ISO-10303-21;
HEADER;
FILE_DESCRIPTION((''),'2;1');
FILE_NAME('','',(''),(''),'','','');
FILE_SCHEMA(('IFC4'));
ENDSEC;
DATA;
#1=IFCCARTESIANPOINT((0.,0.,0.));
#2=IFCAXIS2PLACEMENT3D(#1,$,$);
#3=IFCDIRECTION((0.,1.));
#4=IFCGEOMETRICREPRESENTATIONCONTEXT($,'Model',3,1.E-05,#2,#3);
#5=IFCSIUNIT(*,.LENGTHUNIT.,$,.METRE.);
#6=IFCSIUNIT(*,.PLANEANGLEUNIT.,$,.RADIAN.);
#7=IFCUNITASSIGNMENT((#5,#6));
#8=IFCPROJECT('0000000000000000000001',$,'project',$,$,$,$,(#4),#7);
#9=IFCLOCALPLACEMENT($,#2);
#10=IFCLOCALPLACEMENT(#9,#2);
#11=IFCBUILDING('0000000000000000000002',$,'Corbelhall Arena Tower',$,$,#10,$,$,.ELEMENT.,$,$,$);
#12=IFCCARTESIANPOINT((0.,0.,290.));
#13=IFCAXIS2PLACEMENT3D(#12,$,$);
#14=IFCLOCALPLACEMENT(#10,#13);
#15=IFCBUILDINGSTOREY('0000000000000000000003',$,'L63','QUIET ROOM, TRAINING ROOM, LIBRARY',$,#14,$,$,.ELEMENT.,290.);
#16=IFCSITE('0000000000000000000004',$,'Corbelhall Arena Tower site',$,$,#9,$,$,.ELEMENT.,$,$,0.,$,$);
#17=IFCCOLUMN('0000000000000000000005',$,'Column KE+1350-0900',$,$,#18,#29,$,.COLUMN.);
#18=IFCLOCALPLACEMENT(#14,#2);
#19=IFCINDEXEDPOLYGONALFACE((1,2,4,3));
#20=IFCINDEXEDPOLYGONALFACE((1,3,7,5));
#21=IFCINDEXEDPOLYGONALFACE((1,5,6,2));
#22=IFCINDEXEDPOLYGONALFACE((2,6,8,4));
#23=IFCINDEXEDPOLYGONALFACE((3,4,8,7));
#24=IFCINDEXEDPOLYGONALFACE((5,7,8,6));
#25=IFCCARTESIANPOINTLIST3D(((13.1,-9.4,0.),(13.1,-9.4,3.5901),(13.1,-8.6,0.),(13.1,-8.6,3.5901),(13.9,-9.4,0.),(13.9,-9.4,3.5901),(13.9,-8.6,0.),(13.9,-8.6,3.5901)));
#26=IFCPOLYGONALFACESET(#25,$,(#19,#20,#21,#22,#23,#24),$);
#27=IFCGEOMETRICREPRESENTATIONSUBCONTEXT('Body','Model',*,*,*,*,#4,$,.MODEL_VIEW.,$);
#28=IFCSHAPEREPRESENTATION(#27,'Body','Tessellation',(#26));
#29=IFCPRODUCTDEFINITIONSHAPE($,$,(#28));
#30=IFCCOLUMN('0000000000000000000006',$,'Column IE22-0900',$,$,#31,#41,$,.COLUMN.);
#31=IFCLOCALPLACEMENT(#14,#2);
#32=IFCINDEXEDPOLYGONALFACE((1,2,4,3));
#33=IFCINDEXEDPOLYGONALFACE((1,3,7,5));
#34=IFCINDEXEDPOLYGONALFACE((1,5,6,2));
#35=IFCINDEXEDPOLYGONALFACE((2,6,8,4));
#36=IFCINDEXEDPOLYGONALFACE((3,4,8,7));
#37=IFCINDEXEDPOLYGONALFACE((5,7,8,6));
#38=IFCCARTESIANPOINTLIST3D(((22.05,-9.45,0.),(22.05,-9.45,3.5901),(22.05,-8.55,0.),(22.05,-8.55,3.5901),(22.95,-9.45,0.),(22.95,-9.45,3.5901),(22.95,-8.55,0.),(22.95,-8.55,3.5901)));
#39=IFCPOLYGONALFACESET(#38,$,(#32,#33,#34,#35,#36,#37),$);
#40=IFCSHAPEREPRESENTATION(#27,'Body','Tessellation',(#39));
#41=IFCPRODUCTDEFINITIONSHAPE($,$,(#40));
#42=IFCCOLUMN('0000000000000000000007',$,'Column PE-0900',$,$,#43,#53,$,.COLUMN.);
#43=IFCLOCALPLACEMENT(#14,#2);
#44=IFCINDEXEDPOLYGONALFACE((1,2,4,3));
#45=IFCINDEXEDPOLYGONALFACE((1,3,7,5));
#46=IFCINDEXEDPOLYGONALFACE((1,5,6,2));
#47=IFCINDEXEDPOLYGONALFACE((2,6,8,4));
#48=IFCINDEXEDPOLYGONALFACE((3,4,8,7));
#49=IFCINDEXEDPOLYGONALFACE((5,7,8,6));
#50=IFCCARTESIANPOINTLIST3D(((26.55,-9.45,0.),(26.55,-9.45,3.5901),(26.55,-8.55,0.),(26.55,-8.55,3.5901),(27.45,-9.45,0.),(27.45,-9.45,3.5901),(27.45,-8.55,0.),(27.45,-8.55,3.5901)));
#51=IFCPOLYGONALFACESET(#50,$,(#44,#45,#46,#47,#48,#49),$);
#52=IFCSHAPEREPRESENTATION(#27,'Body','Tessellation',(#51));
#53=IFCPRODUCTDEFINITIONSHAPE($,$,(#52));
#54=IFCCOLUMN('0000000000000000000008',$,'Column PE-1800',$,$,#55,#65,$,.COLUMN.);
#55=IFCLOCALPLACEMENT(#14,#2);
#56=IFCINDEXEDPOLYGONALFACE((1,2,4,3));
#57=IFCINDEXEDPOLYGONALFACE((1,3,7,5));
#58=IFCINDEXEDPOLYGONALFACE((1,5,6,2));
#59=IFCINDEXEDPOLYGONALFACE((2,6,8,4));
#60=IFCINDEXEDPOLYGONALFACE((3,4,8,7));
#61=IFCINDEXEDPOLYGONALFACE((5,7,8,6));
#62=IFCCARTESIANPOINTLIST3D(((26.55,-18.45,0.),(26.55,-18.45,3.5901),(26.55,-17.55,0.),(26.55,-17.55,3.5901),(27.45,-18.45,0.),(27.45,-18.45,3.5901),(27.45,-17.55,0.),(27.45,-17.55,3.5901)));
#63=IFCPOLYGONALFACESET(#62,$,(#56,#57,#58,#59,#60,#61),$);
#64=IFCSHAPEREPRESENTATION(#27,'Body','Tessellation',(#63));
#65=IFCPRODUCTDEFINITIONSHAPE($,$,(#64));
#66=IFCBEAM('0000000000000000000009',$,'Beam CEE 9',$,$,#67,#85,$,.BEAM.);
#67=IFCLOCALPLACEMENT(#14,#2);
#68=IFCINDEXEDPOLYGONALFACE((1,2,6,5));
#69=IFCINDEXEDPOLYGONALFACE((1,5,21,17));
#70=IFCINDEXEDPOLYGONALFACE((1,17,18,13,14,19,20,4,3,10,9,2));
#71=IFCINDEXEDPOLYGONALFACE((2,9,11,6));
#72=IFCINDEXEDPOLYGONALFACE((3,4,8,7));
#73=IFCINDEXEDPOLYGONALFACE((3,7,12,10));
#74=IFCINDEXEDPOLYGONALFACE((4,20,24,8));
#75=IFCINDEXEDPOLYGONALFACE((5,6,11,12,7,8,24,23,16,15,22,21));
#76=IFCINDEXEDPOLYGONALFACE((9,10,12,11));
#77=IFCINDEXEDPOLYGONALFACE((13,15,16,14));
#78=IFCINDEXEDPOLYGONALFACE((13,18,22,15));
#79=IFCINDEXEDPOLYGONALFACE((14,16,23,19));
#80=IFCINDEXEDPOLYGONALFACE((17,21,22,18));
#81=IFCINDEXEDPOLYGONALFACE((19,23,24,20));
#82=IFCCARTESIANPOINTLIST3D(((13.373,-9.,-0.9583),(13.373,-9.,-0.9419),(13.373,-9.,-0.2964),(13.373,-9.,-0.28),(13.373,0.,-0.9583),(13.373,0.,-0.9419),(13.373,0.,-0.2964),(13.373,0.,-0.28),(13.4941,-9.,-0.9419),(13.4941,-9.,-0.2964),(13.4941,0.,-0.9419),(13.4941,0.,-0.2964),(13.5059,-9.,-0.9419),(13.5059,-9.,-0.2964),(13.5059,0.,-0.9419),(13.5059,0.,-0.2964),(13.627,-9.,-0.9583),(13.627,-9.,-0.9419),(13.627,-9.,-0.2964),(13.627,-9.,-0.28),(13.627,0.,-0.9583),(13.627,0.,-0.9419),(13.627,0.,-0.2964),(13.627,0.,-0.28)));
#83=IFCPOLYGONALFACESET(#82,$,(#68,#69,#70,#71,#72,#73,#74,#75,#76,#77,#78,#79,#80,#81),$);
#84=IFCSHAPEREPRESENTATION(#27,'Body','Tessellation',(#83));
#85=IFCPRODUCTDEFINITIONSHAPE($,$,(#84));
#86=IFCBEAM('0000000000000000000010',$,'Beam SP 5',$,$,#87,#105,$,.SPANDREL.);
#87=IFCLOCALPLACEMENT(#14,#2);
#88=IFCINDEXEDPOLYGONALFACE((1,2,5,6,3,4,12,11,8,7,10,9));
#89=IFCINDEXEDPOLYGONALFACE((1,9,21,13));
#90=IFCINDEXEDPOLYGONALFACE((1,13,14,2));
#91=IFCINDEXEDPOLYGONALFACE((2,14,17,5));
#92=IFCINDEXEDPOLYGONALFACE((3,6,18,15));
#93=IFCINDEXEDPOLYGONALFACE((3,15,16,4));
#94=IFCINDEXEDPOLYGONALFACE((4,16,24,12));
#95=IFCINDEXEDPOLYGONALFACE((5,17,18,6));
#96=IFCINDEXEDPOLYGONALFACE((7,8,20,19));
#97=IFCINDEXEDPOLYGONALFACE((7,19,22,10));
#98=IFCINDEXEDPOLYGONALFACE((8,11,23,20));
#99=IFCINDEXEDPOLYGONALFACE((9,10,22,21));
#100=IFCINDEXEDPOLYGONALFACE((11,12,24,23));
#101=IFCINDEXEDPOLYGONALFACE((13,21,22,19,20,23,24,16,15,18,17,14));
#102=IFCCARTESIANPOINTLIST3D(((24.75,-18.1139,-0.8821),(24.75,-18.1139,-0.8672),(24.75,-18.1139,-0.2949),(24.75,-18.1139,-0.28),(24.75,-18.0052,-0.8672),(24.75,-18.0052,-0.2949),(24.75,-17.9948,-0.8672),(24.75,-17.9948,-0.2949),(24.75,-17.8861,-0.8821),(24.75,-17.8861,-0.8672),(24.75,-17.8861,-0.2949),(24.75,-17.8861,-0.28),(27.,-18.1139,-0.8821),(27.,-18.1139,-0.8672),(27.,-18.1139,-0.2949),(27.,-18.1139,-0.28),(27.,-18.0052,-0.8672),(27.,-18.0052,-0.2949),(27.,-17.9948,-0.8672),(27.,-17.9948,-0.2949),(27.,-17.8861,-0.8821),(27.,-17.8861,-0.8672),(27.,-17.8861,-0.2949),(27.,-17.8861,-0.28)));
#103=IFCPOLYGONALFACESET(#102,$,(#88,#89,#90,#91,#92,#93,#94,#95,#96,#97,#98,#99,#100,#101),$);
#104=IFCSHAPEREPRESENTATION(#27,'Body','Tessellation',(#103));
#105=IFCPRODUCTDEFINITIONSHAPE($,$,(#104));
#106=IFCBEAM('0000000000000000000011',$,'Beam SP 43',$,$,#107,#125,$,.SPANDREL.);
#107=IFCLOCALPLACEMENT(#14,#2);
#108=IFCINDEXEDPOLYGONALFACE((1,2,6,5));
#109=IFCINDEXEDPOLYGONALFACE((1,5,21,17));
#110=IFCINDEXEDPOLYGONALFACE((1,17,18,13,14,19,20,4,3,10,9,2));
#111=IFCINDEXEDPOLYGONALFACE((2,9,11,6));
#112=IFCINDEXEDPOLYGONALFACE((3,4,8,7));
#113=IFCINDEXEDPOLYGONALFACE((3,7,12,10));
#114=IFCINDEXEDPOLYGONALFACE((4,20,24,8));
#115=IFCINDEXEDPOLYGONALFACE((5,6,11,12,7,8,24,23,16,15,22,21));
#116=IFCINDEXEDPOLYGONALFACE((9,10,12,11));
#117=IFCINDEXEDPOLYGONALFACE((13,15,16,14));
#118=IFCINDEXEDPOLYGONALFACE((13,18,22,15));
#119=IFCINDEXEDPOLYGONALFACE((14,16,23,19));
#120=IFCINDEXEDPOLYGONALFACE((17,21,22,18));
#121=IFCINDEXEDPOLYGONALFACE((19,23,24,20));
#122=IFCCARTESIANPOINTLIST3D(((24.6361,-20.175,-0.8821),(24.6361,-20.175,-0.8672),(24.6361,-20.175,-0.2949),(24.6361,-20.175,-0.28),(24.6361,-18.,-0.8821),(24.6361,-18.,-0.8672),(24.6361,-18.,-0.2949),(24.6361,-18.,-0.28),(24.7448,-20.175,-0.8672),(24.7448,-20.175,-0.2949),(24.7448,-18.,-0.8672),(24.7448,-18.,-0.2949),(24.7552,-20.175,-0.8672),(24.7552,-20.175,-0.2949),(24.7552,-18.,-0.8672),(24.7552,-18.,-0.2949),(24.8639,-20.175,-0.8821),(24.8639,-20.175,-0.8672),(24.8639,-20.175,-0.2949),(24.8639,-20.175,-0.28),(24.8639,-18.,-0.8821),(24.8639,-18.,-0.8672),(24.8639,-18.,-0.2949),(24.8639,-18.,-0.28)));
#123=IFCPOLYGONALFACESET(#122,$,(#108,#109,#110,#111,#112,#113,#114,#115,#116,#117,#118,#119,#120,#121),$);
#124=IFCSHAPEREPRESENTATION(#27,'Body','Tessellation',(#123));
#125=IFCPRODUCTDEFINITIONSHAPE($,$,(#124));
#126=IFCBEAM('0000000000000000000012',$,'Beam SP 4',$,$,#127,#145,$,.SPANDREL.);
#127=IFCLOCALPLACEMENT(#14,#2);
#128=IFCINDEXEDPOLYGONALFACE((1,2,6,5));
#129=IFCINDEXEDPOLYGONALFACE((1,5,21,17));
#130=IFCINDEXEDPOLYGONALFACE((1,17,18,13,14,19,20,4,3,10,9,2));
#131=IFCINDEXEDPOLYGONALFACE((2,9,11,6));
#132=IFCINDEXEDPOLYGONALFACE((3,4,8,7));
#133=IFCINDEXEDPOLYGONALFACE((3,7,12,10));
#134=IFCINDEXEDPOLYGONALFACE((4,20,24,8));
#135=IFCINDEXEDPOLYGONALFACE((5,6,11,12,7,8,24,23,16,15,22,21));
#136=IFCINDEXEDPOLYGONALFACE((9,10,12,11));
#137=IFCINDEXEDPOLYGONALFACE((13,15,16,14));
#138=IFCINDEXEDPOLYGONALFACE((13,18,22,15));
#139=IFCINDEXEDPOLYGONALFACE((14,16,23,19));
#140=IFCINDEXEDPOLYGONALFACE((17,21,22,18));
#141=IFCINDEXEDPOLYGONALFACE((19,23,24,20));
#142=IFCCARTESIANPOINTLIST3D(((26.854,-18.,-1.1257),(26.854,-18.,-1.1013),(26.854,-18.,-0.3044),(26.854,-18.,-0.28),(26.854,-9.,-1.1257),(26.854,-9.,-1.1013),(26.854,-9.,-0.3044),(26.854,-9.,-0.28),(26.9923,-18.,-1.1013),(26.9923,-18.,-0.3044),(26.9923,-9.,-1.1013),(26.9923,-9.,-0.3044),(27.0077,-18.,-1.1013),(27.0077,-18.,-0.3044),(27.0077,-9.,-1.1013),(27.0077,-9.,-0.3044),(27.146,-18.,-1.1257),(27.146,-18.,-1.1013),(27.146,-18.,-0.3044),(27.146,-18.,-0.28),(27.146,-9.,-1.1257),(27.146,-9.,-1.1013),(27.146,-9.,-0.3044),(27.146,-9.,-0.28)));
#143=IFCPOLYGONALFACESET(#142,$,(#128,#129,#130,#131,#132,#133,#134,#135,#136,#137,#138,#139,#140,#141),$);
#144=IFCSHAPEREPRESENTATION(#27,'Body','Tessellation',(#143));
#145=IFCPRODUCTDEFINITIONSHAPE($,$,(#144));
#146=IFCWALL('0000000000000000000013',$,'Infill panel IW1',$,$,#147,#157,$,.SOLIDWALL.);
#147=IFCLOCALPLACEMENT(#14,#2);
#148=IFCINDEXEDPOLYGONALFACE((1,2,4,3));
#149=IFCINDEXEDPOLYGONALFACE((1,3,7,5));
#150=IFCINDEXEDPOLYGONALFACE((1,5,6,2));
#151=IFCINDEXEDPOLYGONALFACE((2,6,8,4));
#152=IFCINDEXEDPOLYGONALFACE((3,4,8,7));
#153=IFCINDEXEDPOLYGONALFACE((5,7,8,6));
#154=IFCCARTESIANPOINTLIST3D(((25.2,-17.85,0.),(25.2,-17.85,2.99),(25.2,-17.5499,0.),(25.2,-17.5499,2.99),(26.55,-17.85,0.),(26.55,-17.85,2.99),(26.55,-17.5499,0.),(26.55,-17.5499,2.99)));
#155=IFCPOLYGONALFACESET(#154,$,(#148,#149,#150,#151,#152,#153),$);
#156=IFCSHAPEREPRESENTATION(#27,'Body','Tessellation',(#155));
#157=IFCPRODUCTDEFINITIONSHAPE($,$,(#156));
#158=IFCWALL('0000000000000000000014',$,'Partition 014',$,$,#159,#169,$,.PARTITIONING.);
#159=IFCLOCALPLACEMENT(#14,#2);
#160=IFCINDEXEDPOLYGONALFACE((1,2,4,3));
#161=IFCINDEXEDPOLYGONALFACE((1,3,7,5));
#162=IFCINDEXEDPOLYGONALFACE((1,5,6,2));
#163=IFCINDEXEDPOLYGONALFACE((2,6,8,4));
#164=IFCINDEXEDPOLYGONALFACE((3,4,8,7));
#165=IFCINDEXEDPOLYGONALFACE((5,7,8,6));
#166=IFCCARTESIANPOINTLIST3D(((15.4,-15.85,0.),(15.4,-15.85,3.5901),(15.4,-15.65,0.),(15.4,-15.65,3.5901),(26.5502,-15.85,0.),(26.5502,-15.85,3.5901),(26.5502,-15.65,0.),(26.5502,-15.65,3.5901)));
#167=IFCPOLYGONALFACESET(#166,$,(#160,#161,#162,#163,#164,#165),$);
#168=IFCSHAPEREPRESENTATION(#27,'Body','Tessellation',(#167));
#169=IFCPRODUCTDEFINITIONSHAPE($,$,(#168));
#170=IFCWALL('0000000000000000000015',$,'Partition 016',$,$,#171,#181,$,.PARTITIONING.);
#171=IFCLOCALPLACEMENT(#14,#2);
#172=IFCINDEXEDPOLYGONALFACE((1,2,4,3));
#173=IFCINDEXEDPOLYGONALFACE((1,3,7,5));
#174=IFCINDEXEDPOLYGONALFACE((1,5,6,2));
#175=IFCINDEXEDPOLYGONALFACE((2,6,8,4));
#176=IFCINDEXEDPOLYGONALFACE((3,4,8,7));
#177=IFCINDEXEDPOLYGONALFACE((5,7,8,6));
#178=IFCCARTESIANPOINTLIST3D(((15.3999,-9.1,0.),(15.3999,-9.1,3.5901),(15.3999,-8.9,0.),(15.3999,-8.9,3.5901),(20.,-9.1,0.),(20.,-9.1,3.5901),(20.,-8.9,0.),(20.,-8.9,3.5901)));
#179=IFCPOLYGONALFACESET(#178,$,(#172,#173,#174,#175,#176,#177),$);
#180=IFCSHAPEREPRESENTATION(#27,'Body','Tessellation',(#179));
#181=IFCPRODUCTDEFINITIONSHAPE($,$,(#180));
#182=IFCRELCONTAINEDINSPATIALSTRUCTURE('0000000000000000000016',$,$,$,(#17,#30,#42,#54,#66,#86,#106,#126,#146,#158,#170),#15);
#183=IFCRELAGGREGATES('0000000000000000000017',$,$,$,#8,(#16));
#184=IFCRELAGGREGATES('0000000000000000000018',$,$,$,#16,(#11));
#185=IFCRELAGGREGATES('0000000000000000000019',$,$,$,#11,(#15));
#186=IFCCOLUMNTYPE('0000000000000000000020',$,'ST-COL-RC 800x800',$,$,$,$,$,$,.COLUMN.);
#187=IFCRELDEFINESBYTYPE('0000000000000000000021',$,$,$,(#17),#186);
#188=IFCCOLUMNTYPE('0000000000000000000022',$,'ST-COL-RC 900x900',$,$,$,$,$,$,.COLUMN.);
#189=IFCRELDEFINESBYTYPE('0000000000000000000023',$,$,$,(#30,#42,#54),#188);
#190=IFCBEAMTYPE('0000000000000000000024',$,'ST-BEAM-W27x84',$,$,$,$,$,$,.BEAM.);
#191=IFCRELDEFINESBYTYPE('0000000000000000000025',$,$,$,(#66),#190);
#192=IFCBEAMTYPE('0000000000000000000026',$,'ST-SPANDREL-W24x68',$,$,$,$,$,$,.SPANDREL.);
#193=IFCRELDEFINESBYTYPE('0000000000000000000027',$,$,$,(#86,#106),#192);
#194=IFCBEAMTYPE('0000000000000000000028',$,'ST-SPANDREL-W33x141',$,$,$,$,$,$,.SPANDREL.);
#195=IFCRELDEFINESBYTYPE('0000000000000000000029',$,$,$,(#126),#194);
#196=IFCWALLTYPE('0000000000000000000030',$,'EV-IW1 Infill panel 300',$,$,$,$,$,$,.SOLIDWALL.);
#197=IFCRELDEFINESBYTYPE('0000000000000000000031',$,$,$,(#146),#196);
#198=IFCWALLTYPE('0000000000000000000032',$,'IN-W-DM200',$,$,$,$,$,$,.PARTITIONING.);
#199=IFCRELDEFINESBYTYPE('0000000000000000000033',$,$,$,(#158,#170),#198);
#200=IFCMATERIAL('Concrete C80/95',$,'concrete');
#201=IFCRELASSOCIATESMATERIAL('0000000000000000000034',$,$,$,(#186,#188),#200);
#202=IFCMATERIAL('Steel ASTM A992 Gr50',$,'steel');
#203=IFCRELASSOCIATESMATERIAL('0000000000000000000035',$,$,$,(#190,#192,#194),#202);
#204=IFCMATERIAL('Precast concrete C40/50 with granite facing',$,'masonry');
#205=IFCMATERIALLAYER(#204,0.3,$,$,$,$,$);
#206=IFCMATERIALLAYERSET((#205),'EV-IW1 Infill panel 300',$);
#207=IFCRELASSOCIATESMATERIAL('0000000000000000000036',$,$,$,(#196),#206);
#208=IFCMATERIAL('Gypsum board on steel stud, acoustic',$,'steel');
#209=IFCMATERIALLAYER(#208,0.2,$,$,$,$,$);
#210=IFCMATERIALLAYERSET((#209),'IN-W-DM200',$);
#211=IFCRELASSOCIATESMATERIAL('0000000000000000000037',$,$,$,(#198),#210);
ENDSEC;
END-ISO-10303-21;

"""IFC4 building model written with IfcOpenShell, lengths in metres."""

from ifc_helpers import new_model, si_unit, direction, frame, frame_2d, origin, origin_2d, place, context, subcontext, project, spatial, rectangle, i_section, extrude, material, layer, layer_set, material_profile, profile_set, type_object, element, save


model = new_model("IFC4")

# Units and contexts
model_context = context("Model", 3, precision=1e-05, world=origin(), true_north=direction((0.0, 1.0)))
body_context = subcontext(model_context, "Body", "Model", "MODEL_VIEW")
ifc_project = project(units=[si_unit("LENGTHUNIT", "METRE"), si_unit("PLANEANGLEUNIT", "RADIAN")], contexts=[model_context])

# Site, building, storey
site_placement = place(None, origin())
site = spatial("IfcSite", under=ifc_project, at=site_placement, Name="Corbelhall Arena Tower site", CompositionType="ELEMENT", RefElevation=0.0)
building_placement = place(site_placement, origin())
building = spatial("IfcBuilding", under=site, at=building_placement, Name="Corbelhall Arena Tower", CompositionType="ELEMENT")
storey_placement = place(building_placement, frame((0.0, 0.0, 290.0)))
storey = spatial("IfcBuildingStorey", under=building, at=storey_placement, Name="L63", Description="QUIET ROOM, TRAINING ROOM, LIBRARY", CompositionType="ELEMENT", Elevation=290.0)

# Columns
ifc_material_1 = material(Name="Concrete C80/95", Category="concrete")
ifc_material_profile_1 = material_profile(ifc_material_1, rectangle(XDim=0.8, YDim=0.8, at=origin_2d()))
ifc_profile_set_1 = profile_set([ifc_material_profile_1], Name="Concrete C80/95")
column_type_1 = type_object("IfcColumnType", Name="ST-COL-RC 800x800", PredefinedType="COLUMN", material=ifc_profile_set_1)
column_placement = place(storey_placement, frame((13.5, -9.0, 0.0), z_axis=(0.0, 0.0, 1.0), x_axis=(1.0, 0.0, 0.0)))
element("IfcColumn", 1, at=column_placement, inside=storey, type_object=column_type_1, Name="Column KE+1350-0900", PredefinedType="COLUMN", context=body_context, shape_type="SweptSolid", body=[
    extrude(rectangle(XDim=0.8, YDim=0.8, at=origin_2d()), origin(), (0.0, 0.0, 1.0), 3.5901),
])
ifc_material_profile_2 = material_profile(ifc_material_1, rectangle(XDim=0.8999, YDim=0.8999, at=origin_2d()))
ifc_profile_set_2 = profile_set([ifc_material_profile_2], Name="Concrete C80/95")
column_type_2 = type_object("IfcColumnType", Name="ST-COL-RC 900x900", PredefinedType="COLUMN", material=ifc_profile_set_2)
for number, where, z_axis, x_axis, name in (
    (2, (22.5, -9.0, 0.0), (0.0, 0.0, 1.0), (1.0, 0.0, 0.0), "Column IE22-0900"),
    (3, (27.0, -9.0, 0.0), (0.0, 0.0, 1.0), (0.0, 1.0, 0.0), "Column PE-0900"),
    (4, (27.0, -18.0, 0.0), (0.0, 0.0, 1.0), (0.0, 1.0, 0.0), "Column PE-1800"),
):
    element("IfcColumn", number, at=place(storey_placement, frame(where, z_axis=z_axis, x_axis=x_axis)), inside=storey, type_object=column_type_2, Name=name, PredefinedType="COLUMN", context=body_context, shape_type="SweptSolid", body=[
        extrude(rectangle(XDim=0.8999, YDim=0.8999, at=origin_2d()), origin(), (0.0, 0.0, 1.0), 3.5901),
    ])

# Beams
ifc_material_2 = material(Name="Steel ASTM A992 Gr50", Category="steel")
ifc_material_profile_3 = material_profile(ifc_material_2, i_section(OverallWidth=0.2539, OverallDepth=0.6782, WebThickness=0.0117, FlangeThickness=0.0164, at=origin_2d()))
ifc_profile_set_3 = profile_set([ifc_material_profile_3], Name="Steel ASTM A992 Gr50")
beam_type_1 = type_object("IfcBeamType", Name="ST-BEAM-W27x84", PredefinedType="BEAM", material=ifc_profile_set_3)
beam_1_placement = place(storey_placement, frame((13.5, -9.0, -0.6191), z_axis=(0.0, 1.0, 0.0), x_axis=(-1.0, 0.0, 0.0)))
element("IfcBeam", 5, at=beam_1_placement, inside=storey, type_object=beam_type_1, Name="Beam CEE 9", PredefinedType="BEAM", context=body_context, shape_type="SweptSolid", body=[
    extrude(i_section(OverallWidth=0.2539, OverallDepth=0.6782, WebThickness=0.0117, FlangeThickness=0.0164, at=origin_2d()), origin(), (0.0, 0.0, 1.0), 9.0),
])
ifc_material_profile_4 = material_profile(ifc_material_2, i_section(OverallWidth=0.2278, OverallDepth=0.6021, WebThickness=0.0105, FlangeThickness=0.0149, at=origin_2d()))
ifc_profile_set_4 = profile_set([ifc_material_profile_4], Name="Steel ASTM A992 Gr50")
beam_type_2 = type_object("IfcBeamType", Name="ST-SPANDREL-W24x68", PredefinedType="SPANDREL", material=ifc_profile_set_4)
beam_2_placement = place(storey_placement, frame((27.0, -18.0, -0.5811), z_axis=(-1.0, 0.0, 0.0), x_axis=(0.0, -1.0, 0.0)))
element("IfcBeam", 6, at=beam_2_placement, inside=storey, type_object=beam_type_2, Name="Beam SP 5", PredefinedType="SPANDREL", context=body_context, shape_type="SweptSolid", body=[
    extrude(i_section(OverallWidth=0.2278, OverallDepth=0.6021, WebThickness=0.0105, FlangeThickness=0.0149, at=origin_2d()), origin(), (0.0, 0.0, 1.0), 2.25),
])
beam_3_placement = place(storey_placement, frame((24.75, -18.0, -0.5811), z_axis=(0.0, -1.0, 0.0), x_axis=(1.0, 0.0, 0.0)))
element("IfcBeam", 7, at=beam_3_placement, inside=storey, type_object=beam_type_2, Name="Beam SP 43", PredefinedType="SPANDREL", context=body_context, shape_type="SweptSolid", body=[
    extrude(i_section(OverallWidth=0.2278, OverallDepth=0.6021, WebThickness=0.0105, FlangeThickness=0.0149, at=origin_2d()), origin(), (0.0, 0.0, 1.0), 2.175),
])
ifc_material_profile_5 = material_profile(ifc_material_2, i_section(OverallWidth=0.292, OverallDepth=0.8457, WebThickness=0.0154, FlangeThickness=0.0244, at=origin_2d()))
ifc_profile_set_5 = profile_set([ifc_material_profile_5], Name="Steel ASTM A992 Gr50")
beam_type_3 = type_object("IfcBeamType", Name="ST-SPANDREL-W33x141", PredefinedType="SPANDREL", material=ifc_profile_set_5)
beam_4_placement = place(storey_placement, frame((27.0, -9.0, -0.7029), z_axis=(0.0, -1.0, 0.0), x_axis=(1.0, 0.0, 0.0)))
element("IfcBeam", 8, at=beam_4_placement, inside=storey, type_object=beam_type_3, Name="Beam SP 4", PredefinedType="SPANDREL", context=body_context, shape_type="SweptSolid", body=[
    extrude(i_section(OverallWidth=0.292, OverallDepth=0.8457, WebThickness=0.0154, FlangeThickness=0.0244, at=origin_2d()), origin(), (0.0, 0.0, 1.0), 9.0),
])

# Wall
ifc_material_3 = material(Name="Precast concrete C40/50 with granite facing", Category="masonry")
ifc_layer_1 = layer(ifc_material_3, 0.3)
ifc_layer_set_1 = layer_set([ifc_layer_1], Name="EV-IW1 Infill panel 300")
wall_type_1 = type_object("IfcWallType", Name="EV-IW1 Infill panel 300", PredefinedType="SOLIDWALL", material=ifc_layer_set_1)
wall_1_placement = place(storey_placement, frame((25.2, -17.7, 0.0), z_axis=(0.0, 0.0, 1.0), x_axis=(1.0, 0.0, 0.0)))
element("IfcWall", 9, at=wall_1_placement, inside=storey, type_object=wall_type_1, Name="Infill panel IW1", PredefinedType="SOLIDWALL", context=body_context, shape_type="SweptSolid", body=[
    extrude(rectangle(XDim=1.3501, YDim=0.3, at=frame_2d((0.675, 0.0))), origin(), (0.0, 0.0, 1.0), 2.99),
])

# Walls
ifc_material_4 = material(Name="Gypsum board on steel stud, acoustic", Category="steel")
ifc_layer_2 = layer(ifc_material_4, 0.2)
ifc_layer_set_2 = layer_set([ifc_layer_2], Name="IN-W-DM200")
wall_type_2 = type_object("IfcWallType", Name="IN-W-DM200", PredefinedType="PARTITIONING", material=ifc_layer_set_2)
wall_2_placement = place(storey_placement, frame((15.3999, -15.75, 0.0), z_axis=(0.0, 0.0, 1.0), x_axis=(1.0, 0.0, 0.0)))
element("IfcWall", 10, at=wall_2_placement, inside=storey, type_object=wall_type_2, Name="Partition 014", PredefinedType="PARTITIONING", context=body_context, shape_type="SweptSolid", body=[
    extrude(rectangle(XDim=11.1501, YDim=0.2, at=frame_2d((5.5752, 0.0))), origin(), (0.0, 0.0, 1.0), 3.5901),
])
wall_3_placement = place(storey_placement, frame((15.3999, -9.0, 0.0), z_axis=(0.0, 0.0, 1.0), x_axis=(1.0, 0.0, 0.0)))
element("IfcWall", 11, at=wall_3_placement, inside=storey, type_object=wall_type_2, Name="Partition 016", PredefinedType="PARTITIONING", context=body_context, shape_type="SweptSolid", body=[
    extrude(rectangle(XDim=4.6001, YDim=0.2, at=frame_2d((2.3, 0.0))), origin(), (0.0, 0.0, 1.0), 3.5901),
])

save(model, "model.ifc")
